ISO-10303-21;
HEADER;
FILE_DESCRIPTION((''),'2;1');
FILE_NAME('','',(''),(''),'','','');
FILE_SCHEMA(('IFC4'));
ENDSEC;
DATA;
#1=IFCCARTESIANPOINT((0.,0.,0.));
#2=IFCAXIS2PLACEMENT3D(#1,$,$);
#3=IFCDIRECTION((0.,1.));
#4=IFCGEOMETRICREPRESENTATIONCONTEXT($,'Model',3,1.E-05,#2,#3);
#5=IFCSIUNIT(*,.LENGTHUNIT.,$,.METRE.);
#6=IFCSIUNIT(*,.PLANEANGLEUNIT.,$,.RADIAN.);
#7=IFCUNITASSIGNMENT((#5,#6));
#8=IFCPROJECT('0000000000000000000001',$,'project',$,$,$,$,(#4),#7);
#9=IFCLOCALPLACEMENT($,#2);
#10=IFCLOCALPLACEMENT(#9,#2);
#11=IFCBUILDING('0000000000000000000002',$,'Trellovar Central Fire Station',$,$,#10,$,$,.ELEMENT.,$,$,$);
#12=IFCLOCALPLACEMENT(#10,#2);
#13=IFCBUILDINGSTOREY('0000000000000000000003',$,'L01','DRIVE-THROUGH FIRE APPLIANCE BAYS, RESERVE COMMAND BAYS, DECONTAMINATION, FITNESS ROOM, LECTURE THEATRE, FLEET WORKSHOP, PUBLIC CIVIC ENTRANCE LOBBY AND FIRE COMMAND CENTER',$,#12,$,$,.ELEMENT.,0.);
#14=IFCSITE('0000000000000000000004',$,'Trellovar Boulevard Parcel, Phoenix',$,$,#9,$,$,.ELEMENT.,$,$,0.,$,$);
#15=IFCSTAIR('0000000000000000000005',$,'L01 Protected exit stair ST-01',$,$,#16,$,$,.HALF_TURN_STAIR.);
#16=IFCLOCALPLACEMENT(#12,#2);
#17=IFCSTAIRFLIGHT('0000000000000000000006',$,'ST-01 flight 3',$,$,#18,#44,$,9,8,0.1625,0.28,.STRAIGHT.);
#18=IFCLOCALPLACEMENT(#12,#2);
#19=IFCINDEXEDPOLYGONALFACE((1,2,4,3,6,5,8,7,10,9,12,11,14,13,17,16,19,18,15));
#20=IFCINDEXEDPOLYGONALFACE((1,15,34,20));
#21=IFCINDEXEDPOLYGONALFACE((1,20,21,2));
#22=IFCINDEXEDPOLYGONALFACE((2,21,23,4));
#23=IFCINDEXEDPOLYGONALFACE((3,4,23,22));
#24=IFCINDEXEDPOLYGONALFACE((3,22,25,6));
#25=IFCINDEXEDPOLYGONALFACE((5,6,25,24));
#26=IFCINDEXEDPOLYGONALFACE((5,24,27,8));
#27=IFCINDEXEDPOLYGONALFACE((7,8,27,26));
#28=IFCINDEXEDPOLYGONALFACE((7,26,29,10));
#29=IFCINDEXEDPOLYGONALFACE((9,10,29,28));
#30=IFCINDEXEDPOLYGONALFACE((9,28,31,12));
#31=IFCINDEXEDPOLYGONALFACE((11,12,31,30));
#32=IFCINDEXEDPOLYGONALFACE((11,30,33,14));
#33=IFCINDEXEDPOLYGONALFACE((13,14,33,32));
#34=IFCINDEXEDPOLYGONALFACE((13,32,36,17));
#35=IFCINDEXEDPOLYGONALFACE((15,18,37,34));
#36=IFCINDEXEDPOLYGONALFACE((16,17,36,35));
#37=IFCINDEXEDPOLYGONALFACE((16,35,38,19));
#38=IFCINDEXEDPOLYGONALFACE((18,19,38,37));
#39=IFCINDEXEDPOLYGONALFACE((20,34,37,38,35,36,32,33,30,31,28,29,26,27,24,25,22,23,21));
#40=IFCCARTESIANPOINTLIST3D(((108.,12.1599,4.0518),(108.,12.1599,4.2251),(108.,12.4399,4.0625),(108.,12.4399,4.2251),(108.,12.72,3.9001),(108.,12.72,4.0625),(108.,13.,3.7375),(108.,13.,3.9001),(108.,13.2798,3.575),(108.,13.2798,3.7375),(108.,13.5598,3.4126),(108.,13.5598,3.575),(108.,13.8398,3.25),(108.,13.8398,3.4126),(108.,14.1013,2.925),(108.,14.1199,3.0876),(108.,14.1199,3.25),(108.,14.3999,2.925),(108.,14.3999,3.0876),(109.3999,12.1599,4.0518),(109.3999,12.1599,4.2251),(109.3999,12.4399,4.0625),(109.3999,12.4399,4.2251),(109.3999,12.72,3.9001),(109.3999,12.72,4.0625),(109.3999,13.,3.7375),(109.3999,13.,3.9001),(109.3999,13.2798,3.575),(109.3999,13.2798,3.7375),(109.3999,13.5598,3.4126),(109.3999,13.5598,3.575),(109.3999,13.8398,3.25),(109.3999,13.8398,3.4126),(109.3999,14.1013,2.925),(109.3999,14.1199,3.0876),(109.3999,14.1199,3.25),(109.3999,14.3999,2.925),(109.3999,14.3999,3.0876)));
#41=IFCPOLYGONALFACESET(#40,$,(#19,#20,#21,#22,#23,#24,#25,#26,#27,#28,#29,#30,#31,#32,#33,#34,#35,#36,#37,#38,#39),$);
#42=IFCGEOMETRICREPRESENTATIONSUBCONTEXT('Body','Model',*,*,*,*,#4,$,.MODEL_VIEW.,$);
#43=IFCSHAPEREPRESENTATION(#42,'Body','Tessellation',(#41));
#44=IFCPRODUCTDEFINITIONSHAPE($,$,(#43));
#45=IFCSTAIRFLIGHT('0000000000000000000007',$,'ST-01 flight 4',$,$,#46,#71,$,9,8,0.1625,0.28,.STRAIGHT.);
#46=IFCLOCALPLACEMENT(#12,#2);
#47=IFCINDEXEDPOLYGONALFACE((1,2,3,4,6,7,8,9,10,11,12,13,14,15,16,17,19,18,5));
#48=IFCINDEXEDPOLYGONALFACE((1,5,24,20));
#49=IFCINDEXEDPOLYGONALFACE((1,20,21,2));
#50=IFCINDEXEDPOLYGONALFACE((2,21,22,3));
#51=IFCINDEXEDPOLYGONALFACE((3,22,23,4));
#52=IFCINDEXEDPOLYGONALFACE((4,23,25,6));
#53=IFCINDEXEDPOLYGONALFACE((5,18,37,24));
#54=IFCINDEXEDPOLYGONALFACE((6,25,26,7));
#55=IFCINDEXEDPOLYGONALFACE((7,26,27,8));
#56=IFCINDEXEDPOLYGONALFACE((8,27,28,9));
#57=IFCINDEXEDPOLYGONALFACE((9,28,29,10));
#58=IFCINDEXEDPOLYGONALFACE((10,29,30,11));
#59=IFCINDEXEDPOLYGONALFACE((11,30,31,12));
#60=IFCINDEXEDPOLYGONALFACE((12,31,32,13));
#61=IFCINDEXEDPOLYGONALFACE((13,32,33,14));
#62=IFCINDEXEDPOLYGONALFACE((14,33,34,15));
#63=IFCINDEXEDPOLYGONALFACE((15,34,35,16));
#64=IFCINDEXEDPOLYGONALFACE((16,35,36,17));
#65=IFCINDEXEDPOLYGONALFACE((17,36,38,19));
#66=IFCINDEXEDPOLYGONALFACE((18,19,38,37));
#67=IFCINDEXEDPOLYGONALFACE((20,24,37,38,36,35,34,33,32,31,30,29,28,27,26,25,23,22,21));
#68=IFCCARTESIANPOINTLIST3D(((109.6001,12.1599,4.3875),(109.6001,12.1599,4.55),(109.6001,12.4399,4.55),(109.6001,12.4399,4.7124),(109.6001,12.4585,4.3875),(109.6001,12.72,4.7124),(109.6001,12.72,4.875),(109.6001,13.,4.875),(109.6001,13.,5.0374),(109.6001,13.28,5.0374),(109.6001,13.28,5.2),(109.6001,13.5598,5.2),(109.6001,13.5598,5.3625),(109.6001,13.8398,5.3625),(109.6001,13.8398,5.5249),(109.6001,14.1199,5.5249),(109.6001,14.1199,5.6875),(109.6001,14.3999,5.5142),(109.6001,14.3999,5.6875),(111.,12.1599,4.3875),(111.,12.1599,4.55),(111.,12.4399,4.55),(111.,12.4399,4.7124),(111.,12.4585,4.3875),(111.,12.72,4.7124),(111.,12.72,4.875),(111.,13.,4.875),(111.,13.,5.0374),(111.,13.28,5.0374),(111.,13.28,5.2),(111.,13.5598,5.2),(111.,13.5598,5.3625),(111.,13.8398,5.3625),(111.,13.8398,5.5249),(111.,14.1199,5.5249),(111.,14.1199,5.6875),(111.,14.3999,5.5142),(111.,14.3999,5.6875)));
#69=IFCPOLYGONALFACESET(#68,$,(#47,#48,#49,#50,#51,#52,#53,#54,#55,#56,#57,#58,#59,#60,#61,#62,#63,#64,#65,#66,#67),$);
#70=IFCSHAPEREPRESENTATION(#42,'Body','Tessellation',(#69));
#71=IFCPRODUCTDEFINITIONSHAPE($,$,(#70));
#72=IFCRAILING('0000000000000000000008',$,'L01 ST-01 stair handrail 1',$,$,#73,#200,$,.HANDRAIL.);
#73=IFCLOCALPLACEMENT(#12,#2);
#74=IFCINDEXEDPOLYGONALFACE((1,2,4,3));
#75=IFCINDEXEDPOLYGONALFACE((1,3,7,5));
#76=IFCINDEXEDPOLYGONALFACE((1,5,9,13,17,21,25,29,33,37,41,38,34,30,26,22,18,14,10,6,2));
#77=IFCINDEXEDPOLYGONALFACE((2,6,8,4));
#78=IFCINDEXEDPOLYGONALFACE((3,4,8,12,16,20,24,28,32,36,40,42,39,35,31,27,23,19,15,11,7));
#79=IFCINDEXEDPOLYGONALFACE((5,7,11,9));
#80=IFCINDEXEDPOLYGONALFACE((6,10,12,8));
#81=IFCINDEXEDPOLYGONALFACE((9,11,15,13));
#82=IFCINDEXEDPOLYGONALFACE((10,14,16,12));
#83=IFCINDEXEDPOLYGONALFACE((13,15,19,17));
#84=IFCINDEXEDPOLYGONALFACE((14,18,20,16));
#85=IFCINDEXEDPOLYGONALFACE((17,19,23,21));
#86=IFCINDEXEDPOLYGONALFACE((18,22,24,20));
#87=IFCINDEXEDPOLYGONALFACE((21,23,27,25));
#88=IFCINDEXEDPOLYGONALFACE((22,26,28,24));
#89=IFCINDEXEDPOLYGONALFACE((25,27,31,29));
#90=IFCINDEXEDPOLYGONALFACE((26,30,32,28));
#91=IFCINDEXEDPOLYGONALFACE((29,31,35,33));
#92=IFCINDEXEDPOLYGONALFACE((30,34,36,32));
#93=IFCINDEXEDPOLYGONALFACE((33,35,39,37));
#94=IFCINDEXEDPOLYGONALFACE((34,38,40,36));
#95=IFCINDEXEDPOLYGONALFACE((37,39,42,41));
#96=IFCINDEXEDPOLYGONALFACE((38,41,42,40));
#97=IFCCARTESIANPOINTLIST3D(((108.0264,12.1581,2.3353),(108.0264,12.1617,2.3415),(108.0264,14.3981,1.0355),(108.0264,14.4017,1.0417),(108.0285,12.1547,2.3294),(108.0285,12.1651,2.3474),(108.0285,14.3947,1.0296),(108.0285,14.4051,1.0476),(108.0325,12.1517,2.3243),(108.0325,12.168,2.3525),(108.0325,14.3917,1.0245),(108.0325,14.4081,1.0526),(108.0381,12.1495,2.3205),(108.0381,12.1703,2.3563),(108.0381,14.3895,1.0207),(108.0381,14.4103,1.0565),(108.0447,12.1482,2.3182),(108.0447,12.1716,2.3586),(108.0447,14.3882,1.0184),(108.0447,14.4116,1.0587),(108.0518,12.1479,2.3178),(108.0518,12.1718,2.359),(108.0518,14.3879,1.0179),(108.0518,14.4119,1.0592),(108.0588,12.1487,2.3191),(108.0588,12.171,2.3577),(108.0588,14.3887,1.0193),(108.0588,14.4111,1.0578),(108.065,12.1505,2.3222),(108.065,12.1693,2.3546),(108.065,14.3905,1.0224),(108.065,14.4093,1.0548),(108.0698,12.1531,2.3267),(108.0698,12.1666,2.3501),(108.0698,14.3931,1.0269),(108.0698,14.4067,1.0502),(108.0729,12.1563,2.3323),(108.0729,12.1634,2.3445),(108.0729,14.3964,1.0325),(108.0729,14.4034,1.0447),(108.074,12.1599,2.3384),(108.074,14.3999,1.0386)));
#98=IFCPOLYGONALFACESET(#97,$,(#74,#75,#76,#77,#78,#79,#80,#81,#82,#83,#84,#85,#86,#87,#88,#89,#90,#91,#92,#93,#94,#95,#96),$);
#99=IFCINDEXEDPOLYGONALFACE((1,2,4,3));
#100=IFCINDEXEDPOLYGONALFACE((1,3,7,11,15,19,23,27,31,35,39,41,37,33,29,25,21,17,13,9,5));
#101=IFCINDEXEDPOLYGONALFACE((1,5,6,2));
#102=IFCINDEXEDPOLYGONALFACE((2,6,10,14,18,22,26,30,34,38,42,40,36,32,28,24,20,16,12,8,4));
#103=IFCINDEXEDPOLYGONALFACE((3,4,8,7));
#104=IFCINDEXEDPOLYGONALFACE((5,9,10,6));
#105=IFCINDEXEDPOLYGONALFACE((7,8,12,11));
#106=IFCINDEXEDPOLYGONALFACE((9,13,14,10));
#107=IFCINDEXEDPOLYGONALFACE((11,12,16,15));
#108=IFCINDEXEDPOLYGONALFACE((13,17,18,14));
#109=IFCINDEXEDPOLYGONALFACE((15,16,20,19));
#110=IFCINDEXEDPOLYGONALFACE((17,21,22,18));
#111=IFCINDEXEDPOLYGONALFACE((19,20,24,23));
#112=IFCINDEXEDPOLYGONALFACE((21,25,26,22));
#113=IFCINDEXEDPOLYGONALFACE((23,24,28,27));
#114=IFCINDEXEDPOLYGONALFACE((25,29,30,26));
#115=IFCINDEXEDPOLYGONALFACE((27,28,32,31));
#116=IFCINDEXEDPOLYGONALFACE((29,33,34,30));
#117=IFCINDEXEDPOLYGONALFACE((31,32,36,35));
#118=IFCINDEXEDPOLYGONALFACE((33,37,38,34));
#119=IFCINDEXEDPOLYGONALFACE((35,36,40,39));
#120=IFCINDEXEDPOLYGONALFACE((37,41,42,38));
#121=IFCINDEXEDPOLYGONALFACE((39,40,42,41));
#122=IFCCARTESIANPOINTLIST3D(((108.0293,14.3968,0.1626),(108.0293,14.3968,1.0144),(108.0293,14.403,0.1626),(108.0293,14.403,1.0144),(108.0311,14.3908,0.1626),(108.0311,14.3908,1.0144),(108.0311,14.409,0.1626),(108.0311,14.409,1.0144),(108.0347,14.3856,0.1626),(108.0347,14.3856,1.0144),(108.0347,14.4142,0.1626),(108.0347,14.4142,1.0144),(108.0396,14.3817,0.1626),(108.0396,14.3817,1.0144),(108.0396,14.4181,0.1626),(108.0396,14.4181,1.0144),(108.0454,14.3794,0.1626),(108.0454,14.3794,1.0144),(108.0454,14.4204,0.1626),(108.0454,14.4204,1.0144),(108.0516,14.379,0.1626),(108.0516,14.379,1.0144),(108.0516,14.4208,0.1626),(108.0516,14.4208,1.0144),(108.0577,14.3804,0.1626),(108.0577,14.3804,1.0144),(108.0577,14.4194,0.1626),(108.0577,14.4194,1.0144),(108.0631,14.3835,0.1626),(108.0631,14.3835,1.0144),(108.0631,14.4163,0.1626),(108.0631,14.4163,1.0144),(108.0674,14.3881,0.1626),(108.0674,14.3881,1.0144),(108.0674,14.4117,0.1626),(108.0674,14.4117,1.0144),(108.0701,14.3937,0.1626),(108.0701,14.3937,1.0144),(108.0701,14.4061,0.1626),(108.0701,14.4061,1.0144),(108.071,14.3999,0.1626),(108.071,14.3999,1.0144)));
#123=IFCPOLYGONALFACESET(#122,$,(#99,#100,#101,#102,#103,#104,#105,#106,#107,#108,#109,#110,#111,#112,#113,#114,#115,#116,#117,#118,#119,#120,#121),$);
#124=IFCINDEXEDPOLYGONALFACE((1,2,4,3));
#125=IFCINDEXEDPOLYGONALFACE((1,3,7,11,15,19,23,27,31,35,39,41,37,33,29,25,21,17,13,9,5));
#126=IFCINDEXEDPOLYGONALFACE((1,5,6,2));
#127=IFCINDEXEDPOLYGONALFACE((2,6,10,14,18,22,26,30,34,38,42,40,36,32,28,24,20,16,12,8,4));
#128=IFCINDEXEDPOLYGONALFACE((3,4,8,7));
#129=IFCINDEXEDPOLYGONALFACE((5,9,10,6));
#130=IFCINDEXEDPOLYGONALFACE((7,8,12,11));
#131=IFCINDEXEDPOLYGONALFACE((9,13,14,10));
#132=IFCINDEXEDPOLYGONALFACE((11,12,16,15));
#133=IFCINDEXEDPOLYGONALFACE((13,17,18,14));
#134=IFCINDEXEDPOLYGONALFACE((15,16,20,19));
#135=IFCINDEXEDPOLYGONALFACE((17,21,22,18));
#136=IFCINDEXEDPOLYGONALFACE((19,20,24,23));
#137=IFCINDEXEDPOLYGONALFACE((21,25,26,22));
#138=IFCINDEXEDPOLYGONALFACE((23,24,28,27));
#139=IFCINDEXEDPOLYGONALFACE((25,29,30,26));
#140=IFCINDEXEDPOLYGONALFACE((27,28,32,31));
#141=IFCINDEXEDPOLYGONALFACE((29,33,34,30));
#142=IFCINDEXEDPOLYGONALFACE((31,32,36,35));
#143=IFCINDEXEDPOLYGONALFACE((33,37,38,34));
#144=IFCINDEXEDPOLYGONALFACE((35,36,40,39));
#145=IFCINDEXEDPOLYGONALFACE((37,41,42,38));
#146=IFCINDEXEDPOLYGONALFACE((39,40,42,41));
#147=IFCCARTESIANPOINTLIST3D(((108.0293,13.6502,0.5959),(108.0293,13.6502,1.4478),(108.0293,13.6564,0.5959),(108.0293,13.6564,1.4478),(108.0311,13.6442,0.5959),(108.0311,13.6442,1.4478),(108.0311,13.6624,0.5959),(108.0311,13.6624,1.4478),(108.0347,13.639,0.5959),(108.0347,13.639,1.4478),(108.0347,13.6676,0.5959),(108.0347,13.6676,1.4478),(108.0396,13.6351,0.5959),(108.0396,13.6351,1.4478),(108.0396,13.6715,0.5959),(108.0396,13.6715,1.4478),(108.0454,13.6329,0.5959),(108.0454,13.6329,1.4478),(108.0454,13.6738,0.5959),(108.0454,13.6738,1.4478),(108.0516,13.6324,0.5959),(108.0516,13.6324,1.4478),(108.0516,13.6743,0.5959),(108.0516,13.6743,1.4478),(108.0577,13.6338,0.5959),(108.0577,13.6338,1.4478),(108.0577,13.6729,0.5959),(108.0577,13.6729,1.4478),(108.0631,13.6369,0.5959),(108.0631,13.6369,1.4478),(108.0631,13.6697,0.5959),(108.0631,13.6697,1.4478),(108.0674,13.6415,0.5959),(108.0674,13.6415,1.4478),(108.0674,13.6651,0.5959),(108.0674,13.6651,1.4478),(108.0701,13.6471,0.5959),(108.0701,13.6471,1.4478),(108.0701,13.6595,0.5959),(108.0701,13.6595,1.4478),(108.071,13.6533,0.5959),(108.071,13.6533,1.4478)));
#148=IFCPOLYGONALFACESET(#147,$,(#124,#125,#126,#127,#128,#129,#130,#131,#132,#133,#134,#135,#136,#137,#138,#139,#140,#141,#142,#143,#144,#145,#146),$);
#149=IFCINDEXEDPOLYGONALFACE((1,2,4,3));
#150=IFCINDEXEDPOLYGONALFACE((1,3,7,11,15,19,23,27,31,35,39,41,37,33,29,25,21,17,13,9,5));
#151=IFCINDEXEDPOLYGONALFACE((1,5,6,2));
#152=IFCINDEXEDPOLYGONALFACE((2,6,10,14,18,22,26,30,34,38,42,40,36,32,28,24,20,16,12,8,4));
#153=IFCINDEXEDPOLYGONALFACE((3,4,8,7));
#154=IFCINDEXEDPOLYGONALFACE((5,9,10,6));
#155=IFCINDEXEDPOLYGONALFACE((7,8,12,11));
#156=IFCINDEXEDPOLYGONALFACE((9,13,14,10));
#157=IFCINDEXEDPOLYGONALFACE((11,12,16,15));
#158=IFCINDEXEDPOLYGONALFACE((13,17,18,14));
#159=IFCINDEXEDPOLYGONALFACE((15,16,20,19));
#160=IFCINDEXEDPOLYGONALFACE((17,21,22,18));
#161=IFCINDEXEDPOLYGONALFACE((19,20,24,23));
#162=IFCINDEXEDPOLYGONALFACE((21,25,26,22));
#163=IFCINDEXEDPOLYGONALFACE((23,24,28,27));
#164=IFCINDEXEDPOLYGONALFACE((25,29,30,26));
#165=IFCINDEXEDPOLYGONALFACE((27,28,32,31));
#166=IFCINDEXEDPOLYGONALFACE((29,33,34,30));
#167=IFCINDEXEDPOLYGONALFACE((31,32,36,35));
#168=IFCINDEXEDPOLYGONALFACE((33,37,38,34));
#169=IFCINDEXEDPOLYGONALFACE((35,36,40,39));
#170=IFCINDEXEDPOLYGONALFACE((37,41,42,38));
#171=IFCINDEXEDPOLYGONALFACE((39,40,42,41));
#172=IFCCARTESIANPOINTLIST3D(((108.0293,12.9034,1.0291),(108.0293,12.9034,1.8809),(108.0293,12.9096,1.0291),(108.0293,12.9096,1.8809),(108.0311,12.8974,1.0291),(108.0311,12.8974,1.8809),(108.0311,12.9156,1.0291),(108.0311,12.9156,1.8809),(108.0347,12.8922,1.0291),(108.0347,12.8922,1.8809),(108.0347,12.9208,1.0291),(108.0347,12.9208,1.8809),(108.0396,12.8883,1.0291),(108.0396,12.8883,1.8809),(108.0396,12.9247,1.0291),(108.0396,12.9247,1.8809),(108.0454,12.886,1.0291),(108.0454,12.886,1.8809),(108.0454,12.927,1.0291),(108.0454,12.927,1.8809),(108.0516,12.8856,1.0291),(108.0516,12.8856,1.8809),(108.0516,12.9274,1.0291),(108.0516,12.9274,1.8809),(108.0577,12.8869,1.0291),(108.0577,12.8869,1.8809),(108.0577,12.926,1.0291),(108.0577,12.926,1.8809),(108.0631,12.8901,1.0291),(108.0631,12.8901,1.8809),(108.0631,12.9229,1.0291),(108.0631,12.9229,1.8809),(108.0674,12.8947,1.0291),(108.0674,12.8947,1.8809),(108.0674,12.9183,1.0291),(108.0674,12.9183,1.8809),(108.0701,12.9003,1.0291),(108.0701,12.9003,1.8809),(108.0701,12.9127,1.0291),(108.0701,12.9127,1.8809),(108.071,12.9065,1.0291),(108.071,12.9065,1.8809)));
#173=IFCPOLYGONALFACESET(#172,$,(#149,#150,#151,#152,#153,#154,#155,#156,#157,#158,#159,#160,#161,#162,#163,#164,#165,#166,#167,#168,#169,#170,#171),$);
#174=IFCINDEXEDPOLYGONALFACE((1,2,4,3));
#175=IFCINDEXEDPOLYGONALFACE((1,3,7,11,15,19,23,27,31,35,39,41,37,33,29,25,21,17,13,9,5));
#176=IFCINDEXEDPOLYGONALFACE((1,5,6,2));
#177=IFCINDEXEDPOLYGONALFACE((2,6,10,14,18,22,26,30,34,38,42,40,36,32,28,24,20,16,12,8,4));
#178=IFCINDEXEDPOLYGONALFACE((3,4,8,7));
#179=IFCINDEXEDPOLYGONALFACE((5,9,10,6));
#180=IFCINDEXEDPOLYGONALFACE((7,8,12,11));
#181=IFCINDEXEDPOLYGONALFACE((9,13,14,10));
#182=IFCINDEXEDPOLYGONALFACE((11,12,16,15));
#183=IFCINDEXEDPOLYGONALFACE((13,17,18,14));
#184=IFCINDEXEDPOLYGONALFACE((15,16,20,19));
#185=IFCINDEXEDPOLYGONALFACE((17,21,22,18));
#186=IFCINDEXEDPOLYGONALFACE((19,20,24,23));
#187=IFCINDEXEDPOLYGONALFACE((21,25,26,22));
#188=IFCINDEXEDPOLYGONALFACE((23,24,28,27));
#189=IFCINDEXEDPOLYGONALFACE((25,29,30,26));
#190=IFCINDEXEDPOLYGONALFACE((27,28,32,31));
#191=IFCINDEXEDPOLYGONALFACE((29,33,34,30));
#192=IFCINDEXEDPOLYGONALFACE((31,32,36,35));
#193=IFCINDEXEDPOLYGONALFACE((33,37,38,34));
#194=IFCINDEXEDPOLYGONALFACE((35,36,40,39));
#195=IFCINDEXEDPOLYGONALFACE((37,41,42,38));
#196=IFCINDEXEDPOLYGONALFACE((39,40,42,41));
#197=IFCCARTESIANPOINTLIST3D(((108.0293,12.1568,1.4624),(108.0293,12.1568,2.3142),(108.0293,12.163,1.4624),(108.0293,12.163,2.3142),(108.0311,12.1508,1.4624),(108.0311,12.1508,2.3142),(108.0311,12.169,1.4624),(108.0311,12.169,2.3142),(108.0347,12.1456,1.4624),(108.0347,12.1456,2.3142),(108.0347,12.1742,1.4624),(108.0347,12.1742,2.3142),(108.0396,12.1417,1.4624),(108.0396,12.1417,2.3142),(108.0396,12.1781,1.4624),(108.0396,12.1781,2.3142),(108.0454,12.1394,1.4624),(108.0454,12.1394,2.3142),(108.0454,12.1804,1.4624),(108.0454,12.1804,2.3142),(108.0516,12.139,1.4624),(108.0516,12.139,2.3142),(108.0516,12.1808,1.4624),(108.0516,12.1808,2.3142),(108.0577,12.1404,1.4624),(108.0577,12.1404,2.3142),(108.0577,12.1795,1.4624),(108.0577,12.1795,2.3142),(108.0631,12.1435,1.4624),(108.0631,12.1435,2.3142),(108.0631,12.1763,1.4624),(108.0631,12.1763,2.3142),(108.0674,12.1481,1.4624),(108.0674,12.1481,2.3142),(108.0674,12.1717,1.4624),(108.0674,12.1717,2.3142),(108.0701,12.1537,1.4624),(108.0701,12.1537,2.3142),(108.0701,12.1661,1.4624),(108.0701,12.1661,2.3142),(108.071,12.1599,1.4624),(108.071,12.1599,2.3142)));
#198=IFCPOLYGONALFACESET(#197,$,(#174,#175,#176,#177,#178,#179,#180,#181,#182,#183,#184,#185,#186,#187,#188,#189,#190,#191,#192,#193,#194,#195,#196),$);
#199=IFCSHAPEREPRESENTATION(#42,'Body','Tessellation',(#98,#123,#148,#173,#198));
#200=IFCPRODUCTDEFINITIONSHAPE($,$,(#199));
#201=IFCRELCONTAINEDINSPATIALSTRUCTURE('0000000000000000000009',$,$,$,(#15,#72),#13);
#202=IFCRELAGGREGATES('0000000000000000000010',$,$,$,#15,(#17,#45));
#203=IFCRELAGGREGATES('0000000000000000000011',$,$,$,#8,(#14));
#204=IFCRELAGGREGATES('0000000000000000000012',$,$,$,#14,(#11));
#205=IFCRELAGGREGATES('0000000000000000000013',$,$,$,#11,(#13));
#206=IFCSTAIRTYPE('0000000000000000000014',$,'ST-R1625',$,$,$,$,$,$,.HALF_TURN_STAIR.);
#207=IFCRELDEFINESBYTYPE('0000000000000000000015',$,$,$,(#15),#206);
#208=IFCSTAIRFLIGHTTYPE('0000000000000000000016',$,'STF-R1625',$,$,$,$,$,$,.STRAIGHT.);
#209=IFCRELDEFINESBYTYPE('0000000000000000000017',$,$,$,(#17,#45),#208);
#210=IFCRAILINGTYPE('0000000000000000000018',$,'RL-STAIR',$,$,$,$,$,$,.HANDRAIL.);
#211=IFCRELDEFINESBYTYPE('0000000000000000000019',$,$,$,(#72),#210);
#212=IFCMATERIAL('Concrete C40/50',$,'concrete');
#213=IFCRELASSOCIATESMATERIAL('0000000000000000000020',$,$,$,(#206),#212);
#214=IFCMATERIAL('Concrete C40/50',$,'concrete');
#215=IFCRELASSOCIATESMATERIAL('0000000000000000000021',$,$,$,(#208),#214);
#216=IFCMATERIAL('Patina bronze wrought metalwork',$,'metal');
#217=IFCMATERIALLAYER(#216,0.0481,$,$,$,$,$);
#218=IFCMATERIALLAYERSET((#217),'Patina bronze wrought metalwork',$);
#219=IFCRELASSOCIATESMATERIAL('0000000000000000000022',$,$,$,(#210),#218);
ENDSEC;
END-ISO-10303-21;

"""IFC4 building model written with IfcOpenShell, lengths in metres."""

from ifc_helpers import new_model, si_unit, direction, frame, origin, origin_2d, place, context, subcontext, project, spatial, polyline, circle, outline, extrude, material, layer, layer_set, type_object, element, aggregate, save


model = new_model("IFC4")

# Units and contexts
model_context = context("Model", 3, precision=1e-05, world=origin(), true_north=direction((0.0, 1.0)))
body_context = subcontext(model_context, "Body", "Model", "MODEL_VIEW")
ifc_project = project(units=[si_unit("LENGTHUNIT", "METRE"), si_unit("PLANEANGLEUNIT", "RADIAN")], contexts=[model_context])

# Site, building, storey
site_placement = place(None, origin())
site = spatial("IfcSite", under=ifc_project, at=site_placement, Name="Trellovar Boulevard Parcel, Phoenix", CompositionType="ELEMENT", RefElevation=0.0)
building_placement = place(site_placement, origin())
building = spatial("IfcBuilding", under=site, at=building_placement, Name="Trellovar Central Fire Station", CompositionType="ELEMENT")
storey_placement = place(building_placement, origin())
storey = spatial("IfcBuildingStorey", under=building, at=storey_placement, Name="L01", Description="DRIVE-THROUGH FIRE APPLIANCE BAYS, RESERVE COMMAND BAYS, DECONTAMINATION, FITNESS ROOM, LECTURE THEATRE, FLEET WORKSHOP, PUBLIC CIVIC ENTRANCE LOBBY AND FIRE COMMAND CENTER", CompositionType="ELEMENT", Elevation=0.0)

# Stair, stair flights
ifc_material_1 = material(Name="Concrete C40/50", Category="concrete")
stair_type = type_object("IfcStairType", Name="ST-R1625", PredefinedType="HALF_TURN_STAIR", material=ifc_material_1)
stair_placement = place(storey_placement, origin())
stair = element("IfcStair", 1, at=stair_placement, inside=storey, type_object=stair_type, Name="L01 Protected exit stair ST-01", PredefinedType="HALF_TURN_STAIR")
ifc_material_2 = material(Name="Concrete C40/50", Category="concrete")
stair_flight_type = type_object("IfcStairFlightType", Name="STF-R1625", PredefinedType="STRAIGHT", material=ifc_material_2)
stair_flight_1_placement = place(storey_placement, frame((108.7, 14.3999, 2.925), z_axis=(0.0, 0.0, 1.0), x_axis=(0.0, -1.0, 0.0)))
stair_flight_1 = element("IfcStairFlight", 2, at=stair_flight_1_placement, type_object=stair_flight_type, Name="ST-01 flight 3", NumberOfRisers=9, NumberOfTreads=8, PredefinedType="STRAIGHT", RiserHeight=0.1625, TreadLength=0.28, context=body_context, shape_type="SweptSolid", body=[
    extrude(outline(polyline([(0.0, 0.0), (0.0, 0.1626), (0.28, 0.1626), (0.28, 0.325), (0.5601, 0.325), (0.5601, 0.4875), (0.8401, 0.4875), (0.8401, 0.6499), (1.1201, 0.6499), (1.1201, 0.8125), (1.3999, 0.8125), (1.3999, 0.9751), (1.6799, 0.9751), (1.6799, 1.1375), (1.96, 1.1375), (1.96, 1.3), (2.24, 1.3), (2.24, 1.4624), (2.24, 1.1267), (0.2986, 0.0), (0.0, 0.0)])), frame((0.0, 0.7, 0.0), z_axis=(0.0, -1.0, 0.0), x_axis=(1.0, 0.0, 0.0)), (0.0, 0.0, 1.0), 1.3999),
])
stair_flight_2_placement = place(storey_placement, frame((110.3, 12.1599, 4.3875), z_axis=(0.0, 0.0, 1.0), x_axis=(0.0, 1.0, 0.0)))
stair_flight_2 = element("IfcStairFlight", 3, at=stair_flight_2_placement, type_object=stair_flight_type, Name="ST-01 flight 4", NumberOfRisers=9, NumberOfTreads=8, PredefinedType="STRAIGHT", RiserHeight=0.1625, TreadLength=0.28, context=body_context, shape_type="SweptSolid", body=[
    extrude(outline(polyline([(0.0, 0.0), (0.0, 0.1626), (0.28, 0.1626), (0.28, 0.325), (0.5601, 0.325), (0.5601, 0.4875), (0.8401, 0.4875), (0.8401, 0.6499), (1.1201, 0.6499), (1.1201, 0.8125), (1.3999, 0.8125), (1.3999, 0.9751), (1.6799, 0.9751), (1.6799, 1.1375), (1.96, 1.1375), (1.96, 1.3), (2.24, 1.3), (2.24, 1.4624), (2.24, 1.1267), (0.2986, 0.0), (0.0, 0.0)])), frame((0.0, 0.7, 0.0), z_axis=(0.0, -1.0, 0.0), x_axis=(1.0, 0.0, 0.0)), (0.0, 0.0, 1.0), 1.3999),
])
aggregate(stair, [stair_flight_1, stair_flight_2])

# Railing
ifc_material_3 = material(Name="Patina bronze wrought metalwork", Category="metal")
ifc_layer_1 = layer(ifc_material_3, 0.0481)
ifc_layer_set_1 = layer_set([ifc_layer_1], Name="Patina bronze wrought metalwork")
railing_type_1 = type_object("IfcRailingType", Name="RL-STAIR", PredefinedType="HANDRAIL", material=ifc_layer_set_1)
railing_1_placement = place(storey_placement, frame((108.05, 14.3999, 0.1626)))
element("IfcRailing", 4, at=railing_1_placement, inside=storey, type_object=railing_type_1, Name="L01 ST-01 stair handrail 1", PredefinedType="HANDRAIL", context=body_context, shape_type="SweptSolid", body=[
    extrude(circle(Radius=0.0239, at=origin_2d()), frame((0.0, 0.0, 0.876), z_axis=(0.0, -0.864929, 0.501894), x_axis=(1.0, 0.0, 0.0)), (0.0, 0.0, 1.0), 2.5898),
    extrude(circle(Radius=0.021, at=origin_2d()), origin(), (0.0, 0.0, 1.0), 0.8518),
    extrude(circle(Radius=0.021, at=origin_2d()), frame((0.0, -0.7466, 0.4333)), (0.0, 0.0, 1.0), 0.8518),
    extrude(circle(Radius=0.021, at=origin_2d()), frame((0.0, -1.4934, 0.8665)), (0.0, 0.0, 1.0), 0.8518),
    extrude(circle(Radius=0.021, at=origin_2d()), frame((0.0, -2.24, 1.2998)), (0.0, 0.0, 1.0), 0.8518),
])

save(model, "model.ifc")
